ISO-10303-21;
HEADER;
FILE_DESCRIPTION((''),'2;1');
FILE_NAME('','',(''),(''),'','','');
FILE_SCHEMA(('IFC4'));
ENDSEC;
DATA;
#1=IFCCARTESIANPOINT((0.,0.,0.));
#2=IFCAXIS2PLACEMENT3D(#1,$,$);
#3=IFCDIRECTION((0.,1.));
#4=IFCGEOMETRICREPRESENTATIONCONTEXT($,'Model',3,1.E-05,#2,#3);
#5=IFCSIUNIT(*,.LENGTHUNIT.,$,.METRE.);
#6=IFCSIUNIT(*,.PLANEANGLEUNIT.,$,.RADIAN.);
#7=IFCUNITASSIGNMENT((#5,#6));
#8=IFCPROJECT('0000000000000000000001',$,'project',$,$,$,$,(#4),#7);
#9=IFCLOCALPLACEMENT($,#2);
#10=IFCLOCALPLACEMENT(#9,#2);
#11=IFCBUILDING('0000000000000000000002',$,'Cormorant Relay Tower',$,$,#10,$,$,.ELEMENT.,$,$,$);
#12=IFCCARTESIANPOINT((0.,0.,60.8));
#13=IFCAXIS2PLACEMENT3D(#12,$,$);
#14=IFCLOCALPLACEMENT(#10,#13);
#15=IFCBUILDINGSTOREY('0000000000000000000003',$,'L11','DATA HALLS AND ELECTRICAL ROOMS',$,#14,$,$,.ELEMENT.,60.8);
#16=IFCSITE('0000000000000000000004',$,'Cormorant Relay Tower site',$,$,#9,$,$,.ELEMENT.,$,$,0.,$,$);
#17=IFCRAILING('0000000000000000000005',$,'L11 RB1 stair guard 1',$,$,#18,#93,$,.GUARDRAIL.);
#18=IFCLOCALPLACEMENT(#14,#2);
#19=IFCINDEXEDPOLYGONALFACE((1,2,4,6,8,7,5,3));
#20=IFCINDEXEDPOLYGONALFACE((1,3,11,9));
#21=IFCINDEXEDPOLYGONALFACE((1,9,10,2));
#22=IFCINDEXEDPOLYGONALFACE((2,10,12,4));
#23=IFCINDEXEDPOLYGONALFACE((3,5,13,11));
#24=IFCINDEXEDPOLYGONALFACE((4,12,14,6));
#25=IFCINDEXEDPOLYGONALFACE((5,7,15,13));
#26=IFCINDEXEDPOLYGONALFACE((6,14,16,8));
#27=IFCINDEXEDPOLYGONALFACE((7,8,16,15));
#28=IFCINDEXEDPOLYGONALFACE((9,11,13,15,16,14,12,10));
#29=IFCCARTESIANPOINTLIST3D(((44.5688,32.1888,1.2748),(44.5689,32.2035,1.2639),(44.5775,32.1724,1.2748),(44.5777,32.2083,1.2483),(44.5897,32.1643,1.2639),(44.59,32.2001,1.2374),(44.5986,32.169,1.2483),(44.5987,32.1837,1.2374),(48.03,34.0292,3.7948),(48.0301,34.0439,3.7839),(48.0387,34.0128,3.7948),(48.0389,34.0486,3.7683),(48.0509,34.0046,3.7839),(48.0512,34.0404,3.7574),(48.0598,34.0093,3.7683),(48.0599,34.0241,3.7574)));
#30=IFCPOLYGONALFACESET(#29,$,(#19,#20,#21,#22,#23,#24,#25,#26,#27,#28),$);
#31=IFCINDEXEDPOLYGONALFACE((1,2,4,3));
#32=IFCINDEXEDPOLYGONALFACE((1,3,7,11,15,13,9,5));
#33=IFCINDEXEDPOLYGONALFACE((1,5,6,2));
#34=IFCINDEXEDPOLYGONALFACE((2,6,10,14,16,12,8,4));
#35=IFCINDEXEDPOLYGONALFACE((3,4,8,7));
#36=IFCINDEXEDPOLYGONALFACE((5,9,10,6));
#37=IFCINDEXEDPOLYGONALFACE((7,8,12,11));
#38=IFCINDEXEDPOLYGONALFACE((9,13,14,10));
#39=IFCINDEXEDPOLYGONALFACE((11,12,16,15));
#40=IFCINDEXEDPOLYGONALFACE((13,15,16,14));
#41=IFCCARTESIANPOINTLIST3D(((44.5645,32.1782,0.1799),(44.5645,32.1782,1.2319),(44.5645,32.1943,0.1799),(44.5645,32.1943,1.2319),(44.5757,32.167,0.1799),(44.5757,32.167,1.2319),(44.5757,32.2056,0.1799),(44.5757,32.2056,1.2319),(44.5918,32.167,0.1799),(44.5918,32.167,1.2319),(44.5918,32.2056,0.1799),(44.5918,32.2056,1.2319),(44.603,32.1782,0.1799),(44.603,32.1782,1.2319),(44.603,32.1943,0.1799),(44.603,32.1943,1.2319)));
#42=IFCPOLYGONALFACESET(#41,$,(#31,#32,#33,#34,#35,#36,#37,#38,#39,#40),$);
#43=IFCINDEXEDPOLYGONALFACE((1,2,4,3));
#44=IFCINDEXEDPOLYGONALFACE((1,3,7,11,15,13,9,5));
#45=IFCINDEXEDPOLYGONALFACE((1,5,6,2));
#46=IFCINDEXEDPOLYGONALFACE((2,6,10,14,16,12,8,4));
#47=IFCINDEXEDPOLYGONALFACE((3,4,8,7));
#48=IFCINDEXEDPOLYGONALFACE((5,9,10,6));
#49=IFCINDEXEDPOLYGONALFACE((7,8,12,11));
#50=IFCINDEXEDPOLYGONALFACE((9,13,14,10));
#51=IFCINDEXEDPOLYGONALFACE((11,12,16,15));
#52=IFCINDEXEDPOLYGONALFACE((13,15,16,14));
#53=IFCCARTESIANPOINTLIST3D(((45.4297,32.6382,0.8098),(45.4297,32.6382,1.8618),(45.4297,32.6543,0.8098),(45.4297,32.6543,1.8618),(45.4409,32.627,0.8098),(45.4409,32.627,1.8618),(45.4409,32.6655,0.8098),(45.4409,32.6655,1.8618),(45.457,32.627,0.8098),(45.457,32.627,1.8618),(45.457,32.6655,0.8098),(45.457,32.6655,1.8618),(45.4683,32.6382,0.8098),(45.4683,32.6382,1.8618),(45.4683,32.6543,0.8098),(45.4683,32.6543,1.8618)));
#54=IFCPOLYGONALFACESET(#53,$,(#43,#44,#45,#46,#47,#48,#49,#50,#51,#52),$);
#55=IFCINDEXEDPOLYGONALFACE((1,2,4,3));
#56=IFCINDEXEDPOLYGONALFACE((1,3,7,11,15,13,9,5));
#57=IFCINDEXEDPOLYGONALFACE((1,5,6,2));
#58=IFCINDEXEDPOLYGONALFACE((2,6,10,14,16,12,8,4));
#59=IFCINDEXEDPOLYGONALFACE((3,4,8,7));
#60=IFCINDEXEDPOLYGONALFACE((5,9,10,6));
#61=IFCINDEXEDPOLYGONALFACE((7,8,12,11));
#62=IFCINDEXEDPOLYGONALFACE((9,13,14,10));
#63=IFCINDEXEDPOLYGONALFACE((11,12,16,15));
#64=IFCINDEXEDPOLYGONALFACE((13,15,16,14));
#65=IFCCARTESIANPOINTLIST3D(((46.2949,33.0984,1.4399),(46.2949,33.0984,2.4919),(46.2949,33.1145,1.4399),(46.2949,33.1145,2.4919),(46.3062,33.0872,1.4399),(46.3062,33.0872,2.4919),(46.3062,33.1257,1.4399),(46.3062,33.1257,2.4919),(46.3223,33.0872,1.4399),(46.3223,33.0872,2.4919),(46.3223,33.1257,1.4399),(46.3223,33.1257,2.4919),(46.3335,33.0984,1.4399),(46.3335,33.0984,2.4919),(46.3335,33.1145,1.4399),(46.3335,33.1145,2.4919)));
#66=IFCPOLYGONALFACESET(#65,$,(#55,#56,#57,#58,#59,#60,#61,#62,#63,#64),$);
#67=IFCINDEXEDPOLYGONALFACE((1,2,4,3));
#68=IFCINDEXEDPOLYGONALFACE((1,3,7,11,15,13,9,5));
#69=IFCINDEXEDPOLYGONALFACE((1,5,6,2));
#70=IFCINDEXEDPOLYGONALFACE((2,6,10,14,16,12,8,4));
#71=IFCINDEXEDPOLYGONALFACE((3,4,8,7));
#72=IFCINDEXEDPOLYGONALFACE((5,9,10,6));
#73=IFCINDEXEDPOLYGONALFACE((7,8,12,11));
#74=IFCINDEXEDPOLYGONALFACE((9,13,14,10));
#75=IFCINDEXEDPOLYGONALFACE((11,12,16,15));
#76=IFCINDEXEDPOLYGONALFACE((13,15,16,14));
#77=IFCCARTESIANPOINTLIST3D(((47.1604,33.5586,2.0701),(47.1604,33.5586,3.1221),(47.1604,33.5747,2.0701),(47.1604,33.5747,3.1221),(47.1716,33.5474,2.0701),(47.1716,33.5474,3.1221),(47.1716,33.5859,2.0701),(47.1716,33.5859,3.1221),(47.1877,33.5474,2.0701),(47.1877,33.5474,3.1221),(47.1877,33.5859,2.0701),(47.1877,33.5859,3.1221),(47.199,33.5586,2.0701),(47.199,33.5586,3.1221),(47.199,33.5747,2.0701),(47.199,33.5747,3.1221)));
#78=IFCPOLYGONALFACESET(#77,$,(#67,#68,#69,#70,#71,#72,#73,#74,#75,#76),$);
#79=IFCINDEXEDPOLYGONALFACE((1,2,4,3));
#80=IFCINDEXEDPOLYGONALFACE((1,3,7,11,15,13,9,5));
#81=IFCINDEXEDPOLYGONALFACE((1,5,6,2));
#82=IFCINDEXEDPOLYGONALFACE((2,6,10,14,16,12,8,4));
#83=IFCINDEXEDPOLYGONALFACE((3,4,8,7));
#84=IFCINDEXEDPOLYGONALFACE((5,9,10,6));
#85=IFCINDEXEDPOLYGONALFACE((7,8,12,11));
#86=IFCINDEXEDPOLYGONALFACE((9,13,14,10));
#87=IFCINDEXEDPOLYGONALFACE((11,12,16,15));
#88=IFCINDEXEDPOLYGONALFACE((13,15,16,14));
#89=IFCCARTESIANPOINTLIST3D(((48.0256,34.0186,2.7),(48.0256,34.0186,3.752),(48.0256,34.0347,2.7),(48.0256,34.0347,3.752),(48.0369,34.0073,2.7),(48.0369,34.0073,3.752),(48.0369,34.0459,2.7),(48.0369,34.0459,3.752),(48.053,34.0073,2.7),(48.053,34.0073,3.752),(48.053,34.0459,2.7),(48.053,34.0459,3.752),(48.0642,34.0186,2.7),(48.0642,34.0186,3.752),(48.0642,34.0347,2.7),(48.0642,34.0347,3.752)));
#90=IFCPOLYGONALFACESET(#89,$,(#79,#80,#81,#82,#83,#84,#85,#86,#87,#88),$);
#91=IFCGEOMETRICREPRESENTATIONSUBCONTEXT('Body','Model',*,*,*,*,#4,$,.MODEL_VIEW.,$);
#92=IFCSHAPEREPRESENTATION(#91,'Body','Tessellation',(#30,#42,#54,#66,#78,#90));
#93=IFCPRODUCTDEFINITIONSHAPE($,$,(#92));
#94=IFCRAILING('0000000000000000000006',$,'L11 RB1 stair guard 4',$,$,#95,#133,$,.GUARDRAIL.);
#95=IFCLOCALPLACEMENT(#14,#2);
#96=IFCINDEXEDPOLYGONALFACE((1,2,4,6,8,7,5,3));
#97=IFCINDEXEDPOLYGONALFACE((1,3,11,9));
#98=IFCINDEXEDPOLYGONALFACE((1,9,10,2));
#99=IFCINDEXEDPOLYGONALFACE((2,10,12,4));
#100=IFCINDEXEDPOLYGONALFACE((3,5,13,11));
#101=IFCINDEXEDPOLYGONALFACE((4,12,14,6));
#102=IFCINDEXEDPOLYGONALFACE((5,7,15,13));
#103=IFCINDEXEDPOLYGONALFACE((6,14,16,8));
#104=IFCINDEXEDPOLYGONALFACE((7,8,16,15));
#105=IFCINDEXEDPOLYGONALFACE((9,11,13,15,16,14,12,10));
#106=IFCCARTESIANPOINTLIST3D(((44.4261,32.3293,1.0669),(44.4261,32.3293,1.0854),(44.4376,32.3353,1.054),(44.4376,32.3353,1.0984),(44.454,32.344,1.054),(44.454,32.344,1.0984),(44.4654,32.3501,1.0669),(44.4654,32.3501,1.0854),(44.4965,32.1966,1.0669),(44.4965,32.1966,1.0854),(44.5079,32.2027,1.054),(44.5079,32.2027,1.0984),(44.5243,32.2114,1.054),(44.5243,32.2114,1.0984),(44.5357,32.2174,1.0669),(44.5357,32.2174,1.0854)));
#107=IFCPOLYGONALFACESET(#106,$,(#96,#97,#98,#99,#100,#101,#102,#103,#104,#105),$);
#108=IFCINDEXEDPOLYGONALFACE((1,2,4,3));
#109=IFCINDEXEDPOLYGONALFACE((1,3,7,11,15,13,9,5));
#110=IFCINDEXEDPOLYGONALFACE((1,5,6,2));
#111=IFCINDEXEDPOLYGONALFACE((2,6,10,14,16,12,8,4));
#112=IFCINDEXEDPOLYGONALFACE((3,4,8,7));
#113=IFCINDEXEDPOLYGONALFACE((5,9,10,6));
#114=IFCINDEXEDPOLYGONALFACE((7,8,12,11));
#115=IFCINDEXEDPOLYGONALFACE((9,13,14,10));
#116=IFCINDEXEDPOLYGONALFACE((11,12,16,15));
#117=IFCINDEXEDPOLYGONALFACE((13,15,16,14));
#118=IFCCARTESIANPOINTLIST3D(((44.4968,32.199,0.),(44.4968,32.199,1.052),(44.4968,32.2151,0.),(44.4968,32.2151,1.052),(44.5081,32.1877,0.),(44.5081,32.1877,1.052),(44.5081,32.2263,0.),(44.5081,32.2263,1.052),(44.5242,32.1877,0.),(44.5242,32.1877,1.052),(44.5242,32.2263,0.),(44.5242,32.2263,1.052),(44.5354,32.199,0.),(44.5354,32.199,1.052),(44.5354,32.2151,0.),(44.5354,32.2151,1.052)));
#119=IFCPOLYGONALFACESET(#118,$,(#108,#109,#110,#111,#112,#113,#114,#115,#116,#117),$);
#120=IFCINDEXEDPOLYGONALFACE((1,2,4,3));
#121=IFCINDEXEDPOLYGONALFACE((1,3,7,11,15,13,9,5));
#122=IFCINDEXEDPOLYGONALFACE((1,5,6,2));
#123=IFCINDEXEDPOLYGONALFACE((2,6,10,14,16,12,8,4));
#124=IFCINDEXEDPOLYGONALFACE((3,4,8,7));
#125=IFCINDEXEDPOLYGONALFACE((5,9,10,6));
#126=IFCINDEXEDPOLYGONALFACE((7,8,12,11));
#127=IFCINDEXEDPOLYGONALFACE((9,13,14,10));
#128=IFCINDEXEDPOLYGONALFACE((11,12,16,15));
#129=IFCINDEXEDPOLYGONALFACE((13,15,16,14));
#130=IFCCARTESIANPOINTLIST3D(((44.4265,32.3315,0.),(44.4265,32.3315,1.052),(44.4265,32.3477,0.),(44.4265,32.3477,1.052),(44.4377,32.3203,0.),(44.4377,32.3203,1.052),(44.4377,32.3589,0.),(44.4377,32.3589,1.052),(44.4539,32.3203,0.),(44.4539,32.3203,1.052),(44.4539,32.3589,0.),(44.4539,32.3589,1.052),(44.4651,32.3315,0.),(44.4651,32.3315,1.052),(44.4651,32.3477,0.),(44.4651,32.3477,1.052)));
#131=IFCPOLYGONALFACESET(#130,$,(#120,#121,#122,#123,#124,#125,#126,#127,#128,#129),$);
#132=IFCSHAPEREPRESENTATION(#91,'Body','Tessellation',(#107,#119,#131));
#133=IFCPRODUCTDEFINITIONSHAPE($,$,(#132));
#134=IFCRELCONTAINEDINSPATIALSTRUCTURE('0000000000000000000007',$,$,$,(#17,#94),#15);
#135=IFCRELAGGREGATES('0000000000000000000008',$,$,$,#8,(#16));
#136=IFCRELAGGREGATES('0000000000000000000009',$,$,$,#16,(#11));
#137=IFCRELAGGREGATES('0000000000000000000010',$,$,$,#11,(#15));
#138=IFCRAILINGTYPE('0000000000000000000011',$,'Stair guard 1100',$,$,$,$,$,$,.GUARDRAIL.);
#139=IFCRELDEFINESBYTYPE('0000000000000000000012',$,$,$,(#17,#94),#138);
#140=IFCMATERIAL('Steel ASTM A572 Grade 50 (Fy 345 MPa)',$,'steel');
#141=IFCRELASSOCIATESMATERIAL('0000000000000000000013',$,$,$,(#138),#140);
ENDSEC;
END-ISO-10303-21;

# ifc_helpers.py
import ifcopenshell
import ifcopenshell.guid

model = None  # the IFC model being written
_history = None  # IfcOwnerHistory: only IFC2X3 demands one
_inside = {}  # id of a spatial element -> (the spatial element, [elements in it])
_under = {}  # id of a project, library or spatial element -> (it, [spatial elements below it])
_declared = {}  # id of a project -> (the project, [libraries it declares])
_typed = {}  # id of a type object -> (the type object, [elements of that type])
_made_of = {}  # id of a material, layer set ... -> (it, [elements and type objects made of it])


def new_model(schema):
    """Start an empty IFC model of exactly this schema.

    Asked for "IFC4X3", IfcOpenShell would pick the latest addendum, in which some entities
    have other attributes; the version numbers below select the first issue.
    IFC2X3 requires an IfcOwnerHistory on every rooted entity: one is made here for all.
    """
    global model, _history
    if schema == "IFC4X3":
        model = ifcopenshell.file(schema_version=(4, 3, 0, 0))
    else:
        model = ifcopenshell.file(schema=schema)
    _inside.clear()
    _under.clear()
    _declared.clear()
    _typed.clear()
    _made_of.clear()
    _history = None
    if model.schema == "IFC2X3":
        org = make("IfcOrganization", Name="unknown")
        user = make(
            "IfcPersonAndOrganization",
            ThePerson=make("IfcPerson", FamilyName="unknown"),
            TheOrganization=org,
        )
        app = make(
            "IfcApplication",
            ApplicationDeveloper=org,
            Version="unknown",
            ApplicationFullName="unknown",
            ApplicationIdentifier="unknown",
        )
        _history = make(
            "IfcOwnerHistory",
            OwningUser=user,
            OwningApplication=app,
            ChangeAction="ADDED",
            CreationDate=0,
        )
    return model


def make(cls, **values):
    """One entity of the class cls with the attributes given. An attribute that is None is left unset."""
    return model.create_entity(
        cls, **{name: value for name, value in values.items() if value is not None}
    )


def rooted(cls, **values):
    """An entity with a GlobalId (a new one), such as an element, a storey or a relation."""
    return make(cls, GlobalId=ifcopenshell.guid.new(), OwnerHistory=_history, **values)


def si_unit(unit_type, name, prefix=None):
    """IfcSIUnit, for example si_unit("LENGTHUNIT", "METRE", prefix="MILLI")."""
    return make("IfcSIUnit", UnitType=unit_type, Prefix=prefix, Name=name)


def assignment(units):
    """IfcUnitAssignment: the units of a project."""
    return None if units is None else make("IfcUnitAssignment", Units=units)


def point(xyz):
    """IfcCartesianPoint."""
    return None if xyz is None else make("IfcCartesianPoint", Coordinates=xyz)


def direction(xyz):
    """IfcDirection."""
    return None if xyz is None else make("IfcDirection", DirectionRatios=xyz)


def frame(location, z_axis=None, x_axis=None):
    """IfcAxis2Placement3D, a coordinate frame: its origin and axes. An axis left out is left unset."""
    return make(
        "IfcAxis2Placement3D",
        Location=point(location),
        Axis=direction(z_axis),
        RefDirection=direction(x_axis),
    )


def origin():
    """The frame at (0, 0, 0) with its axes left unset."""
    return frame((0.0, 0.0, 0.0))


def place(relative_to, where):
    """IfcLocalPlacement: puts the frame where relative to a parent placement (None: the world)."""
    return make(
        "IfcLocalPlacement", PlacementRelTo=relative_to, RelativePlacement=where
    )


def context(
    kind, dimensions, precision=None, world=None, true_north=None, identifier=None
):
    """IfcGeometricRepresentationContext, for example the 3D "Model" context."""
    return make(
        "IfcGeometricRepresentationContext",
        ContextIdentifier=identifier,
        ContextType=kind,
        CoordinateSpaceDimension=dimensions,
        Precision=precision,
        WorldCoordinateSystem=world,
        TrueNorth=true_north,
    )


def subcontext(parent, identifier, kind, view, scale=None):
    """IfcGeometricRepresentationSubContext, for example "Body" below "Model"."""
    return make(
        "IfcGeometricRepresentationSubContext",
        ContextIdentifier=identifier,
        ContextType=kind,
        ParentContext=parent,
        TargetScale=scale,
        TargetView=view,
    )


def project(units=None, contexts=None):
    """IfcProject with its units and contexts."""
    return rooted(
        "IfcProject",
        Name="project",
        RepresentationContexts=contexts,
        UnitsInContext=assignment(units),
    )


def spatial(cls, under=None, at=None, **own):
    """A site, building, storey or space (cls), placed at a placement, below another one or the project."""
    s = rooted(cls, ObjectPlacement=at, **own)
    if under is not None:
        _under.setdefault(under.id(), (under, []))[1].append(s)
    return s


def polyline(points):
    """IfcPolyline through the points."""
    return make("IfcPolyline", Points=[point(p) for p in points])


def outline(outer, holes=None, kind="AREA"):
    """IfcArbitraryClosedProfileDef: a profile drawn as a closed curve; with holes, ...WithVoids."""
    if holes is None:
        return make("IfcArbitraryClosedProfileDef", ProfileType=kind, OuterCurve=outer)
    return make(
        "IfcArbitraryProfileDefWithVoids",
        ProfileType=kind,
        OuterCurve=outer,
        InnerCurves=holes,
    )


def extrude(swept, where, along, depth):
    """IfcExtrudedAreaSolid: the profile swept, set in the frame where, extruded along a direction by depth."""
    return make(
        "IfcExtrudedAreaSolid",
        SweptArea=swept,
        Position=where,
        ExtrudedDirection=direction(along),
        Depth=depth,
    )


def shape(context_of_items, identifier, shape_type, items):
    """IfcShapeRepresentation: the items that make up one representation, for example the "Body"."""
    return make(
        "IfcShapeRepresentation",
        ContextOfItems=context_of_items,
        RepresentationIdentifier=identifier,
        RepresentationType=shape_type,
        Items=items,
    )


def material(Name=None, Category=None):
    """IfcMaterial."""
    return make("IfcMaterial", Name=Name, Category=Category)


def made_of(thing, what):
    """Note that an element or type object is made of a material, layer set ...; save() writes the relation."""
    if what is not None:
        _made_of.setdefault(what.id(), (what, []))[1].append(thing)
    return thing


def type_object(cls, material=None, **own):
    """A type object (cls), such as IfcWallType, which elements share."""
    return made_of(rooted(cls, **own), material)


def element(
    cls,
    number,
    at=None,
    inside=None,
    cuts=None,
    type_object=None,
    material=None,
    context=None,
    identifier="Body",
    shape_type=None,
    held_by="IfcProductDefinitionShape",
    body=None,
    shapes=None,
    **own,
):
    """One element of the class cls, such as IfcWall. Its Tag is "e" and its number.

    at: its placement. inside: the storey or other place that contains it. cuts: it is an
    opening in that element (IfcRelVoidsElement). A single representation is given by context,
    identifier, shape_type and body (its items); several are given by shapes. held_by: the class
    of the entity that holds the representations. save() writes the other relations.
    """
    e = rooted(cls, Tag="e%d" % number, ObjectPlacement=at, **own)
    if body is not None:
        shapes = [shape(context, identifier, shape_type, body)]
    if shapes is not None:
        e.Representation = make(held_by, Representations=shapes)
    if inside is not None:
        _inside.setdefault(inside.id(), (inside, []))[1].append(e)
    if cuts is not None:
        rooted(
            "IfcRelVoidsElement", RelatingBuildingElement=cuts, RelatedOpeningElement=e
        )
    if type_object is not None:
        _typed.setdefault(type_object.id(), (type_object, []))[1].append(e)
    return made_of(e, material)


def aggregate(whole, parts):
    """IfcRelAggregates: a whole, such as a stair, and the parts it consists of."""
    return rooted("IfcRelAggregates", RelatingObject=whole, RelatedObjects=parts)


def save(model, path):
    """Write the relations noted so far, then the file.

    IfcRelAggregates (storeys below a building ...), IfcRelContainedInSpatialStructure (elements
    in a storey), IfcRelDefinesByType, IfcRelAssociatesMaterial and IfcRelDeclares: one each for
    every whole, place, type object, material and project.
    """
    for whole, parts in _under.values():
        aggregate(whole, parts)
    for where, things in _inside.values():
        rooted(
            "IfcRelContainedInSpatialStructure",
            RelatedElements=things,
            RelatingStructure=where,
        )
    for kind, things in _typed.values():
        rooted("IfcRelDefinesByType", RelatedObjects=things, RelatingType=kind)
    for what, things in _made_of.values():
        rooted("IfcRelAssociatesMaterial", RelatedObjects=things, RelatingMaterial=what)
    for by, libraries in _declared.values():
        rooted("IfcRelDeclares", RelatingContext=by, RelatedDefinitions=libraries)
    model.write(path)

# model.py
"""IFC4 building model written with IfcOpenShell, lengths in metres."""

from ifc_helpers import new_model, si_unit, direction, frame, origin, place, context, subcontext, project, spatial, polyline, outline, extrude, material, type_object, element, save


model = new_model("IFC4")

# Units and contexts
model_context = context("Model", 3, precision=1e-05, world=origin(), true_north=direction((0.0, 1.0)))
body_context = subcontext(model_context, "Body", "Model", "MODEL_VIEW")
ifc_project = project(units=[si_unit("LENGTHUNIT", "METRE"), si_unit("PLANEANGLEUNIT", "RADIAN")], contexts=[model_context])

# Site, building, storey
site_placement = place(None, origin())
site = spatial("IfcSite", under=ifc_project, at=site_placement, Name="Cormorant Relay Tower site", CompositionType="ELEMENT", RefElevation=0.0)
building_placement = place(site_placement, origin())
building = spatial("IfcBuilding", under=site, at=building_placement, Name="Cormorant Relay Tower", CompositionType="ELEMENT")
storey_placement = place(building_placement, frame((0.0, 0.0, 60.8)))
storey = spatial("IfcBuildingStorey", under=building, at=storey_placement, Name="L11", Description="DATA HALLS AND ELECTRICAL ROOMS", CompositionType="ELEMENT", Elevation=60.8)

# Railings
ifc_material_1 = material(Name="Steel ASTM A572 Grade 50 (Fy 345 MPa)", Category="steel")
railing_type_1 = type_object("IfcRailingType", Name="Stair guard 1100", PredefinedType="GUARDRAIL", material=ifc_material_1)
railing_1_placement = place(storey_placement, frame((44.5837, 32.1863, 0.1799)))
element("IfcRailing", 1, at=railing_1_placement, inside=storey, type_object=railing_type_1, Name="L11 RB1 stair guard 1", PredefinedType="GUARDRAIL", context=body_context, shape_type="SweptSolid", body=[
    extrude(outline(polyline([(0.0222, 0.0093), (0.0093, 0.0222), (-0.0093, 0.0222), (-0.0222, 0.0093), (-0.0222, -0.0093), (-0.0093, -0.0222), (0.0093, -0.0222), (0.0222, -0.0093), (0.0222, 0.0093)])), frame((0.0, 0.0, 1.0762), z_axis=(0.742717, 0.394907, 0.540758), x_axis=(-0.469469, 0.882949, 0.0)), (0.0, 0.0, 1.0), 4.6602),
    extrude(outline(polyline([(0.0193, 0.0081), (0.0081, 0.0193), (-0.0081, 0.0193), (-0.0193, 0.0081), (-0.0193, -0.0081), (-0.0081, -0.0193), (0.0081, -0.0193), (0.0193, -0.0081), (0.0193, 0.0081)])), origin(), (0.0, 0.0, 1.0), 1.052),
    extrude(outline(polyline([(0.0193, 0.0081), (0.0081, 0.0193), (-0.0081, 0.0193), (-0.0193, 0.0081), (-0.0193, -0.0081), (-0.0081, -0.0193), (0.0081, -0.0193), (0.0193, -0.0081), (0.0193, 0.0081)])), frame((0.8652, 0.46, 0.6299)), (0.0, 0.0, 1.0), 1.052),
    extrude(outline(polyline([(0.0193, 0.0081), (0.0081, 0.0193), (-0.0081, 0.0193), (-0.0193, 0.0081), (-0.0193, -0.0081), (-0.0081, -0.0193), (0.0081, -0.0193), (0.0193, -0.0081), (0.0193, 0.0081)])), frame((1.7305, 0.9202, 1.26)), (0.0, 0.0, 1.0), 1.052),
    extrude(outline(polyline([(0.0193, 0.0081), (0.0081, 0.0193), (-0.0081, 0.0193), (-0.0193, 0.0081), (-0.0193, -0.0081), (-0.0081, -0.0193), (0.0081, -0.0193), (0.0193, -0.0081), (0.0193, 0.0081)])), frame((2.5959, 1.3804, 1.8901)), (0.0, 0.0, 1.0), 1.052),
    extrude(outline(polyline([(0.0193, 0.0081), (0.0081, 0.0193), (-0.0081, 0.0193), (-0.0193, 0.0081), (-0.0193, -0.0081), (-0.0081, -0.0193), (0.0081, -0.0193), (0.0193, -0.0081), (0.0193, 0.0081)])), frame((3.4612, 1.8403, 2.52)), (0.0, 0.0, 1.0), 1.052),
])
railing_2_placement = place(storey_placement, frame((44.5161, 32.207, 0.0)))
element("IfcRailing", 2, at=railing_2_placement, inside=storey, type_object=railing_type_1, Name="L11 RB1 stair guard 4", PredefinedType="GUARDRAIL", context=body_context, shape_type="SweptSolid", body=[
    extrude(outline(polyline([(0.0222, 0.0093), (0.0093, 0.0222), (-0.0093, 0.0222), (-0.0222, 0.0093), (-0.0222, -0.0093), (-0.0093, -0.0222), (0.0093, -0.0222), (0.0222, -0.0093), (0.0222, 0.0093)])), frame((0.0, 0.0, 1.0762), z_axis=(-0.46856, 0.883431, 0.0), x_axis=(-0.883431, -0.46856, 0.0)), (0.0, 0.0, 1.0), 0.1501),
    extrude(outline(polyline([(0.0193, 0.0081), (0.0081, 0.0193), (-0.0081, 0.0193), (-0.0193, 0.0081), (-0.0193, -0.0081), (-0.0081, -0.0193), (0.0081, -0.0193), (0.0193, -0.0081), (0.0193, 0.0081)])), origin(), (0.0, 0.0, 1.0), 1.052),
    extrude(outline(polyline([(0.0193, 0.0081), (0.0081, 0.0193), (-0.0081, 0.0193), (-0.0193, 0.0081), (-0.0193, -0.0081), (-0.0081, -0.0193), (0.0081, -0.0193), (0.0193, -0.0081), (0.0193, 0.0081)])), frame((-0.0703, 0.1326, 0.0)), (0.0, 0.0, 1.0), 1.052),
])

save(model, "model.ifc")
